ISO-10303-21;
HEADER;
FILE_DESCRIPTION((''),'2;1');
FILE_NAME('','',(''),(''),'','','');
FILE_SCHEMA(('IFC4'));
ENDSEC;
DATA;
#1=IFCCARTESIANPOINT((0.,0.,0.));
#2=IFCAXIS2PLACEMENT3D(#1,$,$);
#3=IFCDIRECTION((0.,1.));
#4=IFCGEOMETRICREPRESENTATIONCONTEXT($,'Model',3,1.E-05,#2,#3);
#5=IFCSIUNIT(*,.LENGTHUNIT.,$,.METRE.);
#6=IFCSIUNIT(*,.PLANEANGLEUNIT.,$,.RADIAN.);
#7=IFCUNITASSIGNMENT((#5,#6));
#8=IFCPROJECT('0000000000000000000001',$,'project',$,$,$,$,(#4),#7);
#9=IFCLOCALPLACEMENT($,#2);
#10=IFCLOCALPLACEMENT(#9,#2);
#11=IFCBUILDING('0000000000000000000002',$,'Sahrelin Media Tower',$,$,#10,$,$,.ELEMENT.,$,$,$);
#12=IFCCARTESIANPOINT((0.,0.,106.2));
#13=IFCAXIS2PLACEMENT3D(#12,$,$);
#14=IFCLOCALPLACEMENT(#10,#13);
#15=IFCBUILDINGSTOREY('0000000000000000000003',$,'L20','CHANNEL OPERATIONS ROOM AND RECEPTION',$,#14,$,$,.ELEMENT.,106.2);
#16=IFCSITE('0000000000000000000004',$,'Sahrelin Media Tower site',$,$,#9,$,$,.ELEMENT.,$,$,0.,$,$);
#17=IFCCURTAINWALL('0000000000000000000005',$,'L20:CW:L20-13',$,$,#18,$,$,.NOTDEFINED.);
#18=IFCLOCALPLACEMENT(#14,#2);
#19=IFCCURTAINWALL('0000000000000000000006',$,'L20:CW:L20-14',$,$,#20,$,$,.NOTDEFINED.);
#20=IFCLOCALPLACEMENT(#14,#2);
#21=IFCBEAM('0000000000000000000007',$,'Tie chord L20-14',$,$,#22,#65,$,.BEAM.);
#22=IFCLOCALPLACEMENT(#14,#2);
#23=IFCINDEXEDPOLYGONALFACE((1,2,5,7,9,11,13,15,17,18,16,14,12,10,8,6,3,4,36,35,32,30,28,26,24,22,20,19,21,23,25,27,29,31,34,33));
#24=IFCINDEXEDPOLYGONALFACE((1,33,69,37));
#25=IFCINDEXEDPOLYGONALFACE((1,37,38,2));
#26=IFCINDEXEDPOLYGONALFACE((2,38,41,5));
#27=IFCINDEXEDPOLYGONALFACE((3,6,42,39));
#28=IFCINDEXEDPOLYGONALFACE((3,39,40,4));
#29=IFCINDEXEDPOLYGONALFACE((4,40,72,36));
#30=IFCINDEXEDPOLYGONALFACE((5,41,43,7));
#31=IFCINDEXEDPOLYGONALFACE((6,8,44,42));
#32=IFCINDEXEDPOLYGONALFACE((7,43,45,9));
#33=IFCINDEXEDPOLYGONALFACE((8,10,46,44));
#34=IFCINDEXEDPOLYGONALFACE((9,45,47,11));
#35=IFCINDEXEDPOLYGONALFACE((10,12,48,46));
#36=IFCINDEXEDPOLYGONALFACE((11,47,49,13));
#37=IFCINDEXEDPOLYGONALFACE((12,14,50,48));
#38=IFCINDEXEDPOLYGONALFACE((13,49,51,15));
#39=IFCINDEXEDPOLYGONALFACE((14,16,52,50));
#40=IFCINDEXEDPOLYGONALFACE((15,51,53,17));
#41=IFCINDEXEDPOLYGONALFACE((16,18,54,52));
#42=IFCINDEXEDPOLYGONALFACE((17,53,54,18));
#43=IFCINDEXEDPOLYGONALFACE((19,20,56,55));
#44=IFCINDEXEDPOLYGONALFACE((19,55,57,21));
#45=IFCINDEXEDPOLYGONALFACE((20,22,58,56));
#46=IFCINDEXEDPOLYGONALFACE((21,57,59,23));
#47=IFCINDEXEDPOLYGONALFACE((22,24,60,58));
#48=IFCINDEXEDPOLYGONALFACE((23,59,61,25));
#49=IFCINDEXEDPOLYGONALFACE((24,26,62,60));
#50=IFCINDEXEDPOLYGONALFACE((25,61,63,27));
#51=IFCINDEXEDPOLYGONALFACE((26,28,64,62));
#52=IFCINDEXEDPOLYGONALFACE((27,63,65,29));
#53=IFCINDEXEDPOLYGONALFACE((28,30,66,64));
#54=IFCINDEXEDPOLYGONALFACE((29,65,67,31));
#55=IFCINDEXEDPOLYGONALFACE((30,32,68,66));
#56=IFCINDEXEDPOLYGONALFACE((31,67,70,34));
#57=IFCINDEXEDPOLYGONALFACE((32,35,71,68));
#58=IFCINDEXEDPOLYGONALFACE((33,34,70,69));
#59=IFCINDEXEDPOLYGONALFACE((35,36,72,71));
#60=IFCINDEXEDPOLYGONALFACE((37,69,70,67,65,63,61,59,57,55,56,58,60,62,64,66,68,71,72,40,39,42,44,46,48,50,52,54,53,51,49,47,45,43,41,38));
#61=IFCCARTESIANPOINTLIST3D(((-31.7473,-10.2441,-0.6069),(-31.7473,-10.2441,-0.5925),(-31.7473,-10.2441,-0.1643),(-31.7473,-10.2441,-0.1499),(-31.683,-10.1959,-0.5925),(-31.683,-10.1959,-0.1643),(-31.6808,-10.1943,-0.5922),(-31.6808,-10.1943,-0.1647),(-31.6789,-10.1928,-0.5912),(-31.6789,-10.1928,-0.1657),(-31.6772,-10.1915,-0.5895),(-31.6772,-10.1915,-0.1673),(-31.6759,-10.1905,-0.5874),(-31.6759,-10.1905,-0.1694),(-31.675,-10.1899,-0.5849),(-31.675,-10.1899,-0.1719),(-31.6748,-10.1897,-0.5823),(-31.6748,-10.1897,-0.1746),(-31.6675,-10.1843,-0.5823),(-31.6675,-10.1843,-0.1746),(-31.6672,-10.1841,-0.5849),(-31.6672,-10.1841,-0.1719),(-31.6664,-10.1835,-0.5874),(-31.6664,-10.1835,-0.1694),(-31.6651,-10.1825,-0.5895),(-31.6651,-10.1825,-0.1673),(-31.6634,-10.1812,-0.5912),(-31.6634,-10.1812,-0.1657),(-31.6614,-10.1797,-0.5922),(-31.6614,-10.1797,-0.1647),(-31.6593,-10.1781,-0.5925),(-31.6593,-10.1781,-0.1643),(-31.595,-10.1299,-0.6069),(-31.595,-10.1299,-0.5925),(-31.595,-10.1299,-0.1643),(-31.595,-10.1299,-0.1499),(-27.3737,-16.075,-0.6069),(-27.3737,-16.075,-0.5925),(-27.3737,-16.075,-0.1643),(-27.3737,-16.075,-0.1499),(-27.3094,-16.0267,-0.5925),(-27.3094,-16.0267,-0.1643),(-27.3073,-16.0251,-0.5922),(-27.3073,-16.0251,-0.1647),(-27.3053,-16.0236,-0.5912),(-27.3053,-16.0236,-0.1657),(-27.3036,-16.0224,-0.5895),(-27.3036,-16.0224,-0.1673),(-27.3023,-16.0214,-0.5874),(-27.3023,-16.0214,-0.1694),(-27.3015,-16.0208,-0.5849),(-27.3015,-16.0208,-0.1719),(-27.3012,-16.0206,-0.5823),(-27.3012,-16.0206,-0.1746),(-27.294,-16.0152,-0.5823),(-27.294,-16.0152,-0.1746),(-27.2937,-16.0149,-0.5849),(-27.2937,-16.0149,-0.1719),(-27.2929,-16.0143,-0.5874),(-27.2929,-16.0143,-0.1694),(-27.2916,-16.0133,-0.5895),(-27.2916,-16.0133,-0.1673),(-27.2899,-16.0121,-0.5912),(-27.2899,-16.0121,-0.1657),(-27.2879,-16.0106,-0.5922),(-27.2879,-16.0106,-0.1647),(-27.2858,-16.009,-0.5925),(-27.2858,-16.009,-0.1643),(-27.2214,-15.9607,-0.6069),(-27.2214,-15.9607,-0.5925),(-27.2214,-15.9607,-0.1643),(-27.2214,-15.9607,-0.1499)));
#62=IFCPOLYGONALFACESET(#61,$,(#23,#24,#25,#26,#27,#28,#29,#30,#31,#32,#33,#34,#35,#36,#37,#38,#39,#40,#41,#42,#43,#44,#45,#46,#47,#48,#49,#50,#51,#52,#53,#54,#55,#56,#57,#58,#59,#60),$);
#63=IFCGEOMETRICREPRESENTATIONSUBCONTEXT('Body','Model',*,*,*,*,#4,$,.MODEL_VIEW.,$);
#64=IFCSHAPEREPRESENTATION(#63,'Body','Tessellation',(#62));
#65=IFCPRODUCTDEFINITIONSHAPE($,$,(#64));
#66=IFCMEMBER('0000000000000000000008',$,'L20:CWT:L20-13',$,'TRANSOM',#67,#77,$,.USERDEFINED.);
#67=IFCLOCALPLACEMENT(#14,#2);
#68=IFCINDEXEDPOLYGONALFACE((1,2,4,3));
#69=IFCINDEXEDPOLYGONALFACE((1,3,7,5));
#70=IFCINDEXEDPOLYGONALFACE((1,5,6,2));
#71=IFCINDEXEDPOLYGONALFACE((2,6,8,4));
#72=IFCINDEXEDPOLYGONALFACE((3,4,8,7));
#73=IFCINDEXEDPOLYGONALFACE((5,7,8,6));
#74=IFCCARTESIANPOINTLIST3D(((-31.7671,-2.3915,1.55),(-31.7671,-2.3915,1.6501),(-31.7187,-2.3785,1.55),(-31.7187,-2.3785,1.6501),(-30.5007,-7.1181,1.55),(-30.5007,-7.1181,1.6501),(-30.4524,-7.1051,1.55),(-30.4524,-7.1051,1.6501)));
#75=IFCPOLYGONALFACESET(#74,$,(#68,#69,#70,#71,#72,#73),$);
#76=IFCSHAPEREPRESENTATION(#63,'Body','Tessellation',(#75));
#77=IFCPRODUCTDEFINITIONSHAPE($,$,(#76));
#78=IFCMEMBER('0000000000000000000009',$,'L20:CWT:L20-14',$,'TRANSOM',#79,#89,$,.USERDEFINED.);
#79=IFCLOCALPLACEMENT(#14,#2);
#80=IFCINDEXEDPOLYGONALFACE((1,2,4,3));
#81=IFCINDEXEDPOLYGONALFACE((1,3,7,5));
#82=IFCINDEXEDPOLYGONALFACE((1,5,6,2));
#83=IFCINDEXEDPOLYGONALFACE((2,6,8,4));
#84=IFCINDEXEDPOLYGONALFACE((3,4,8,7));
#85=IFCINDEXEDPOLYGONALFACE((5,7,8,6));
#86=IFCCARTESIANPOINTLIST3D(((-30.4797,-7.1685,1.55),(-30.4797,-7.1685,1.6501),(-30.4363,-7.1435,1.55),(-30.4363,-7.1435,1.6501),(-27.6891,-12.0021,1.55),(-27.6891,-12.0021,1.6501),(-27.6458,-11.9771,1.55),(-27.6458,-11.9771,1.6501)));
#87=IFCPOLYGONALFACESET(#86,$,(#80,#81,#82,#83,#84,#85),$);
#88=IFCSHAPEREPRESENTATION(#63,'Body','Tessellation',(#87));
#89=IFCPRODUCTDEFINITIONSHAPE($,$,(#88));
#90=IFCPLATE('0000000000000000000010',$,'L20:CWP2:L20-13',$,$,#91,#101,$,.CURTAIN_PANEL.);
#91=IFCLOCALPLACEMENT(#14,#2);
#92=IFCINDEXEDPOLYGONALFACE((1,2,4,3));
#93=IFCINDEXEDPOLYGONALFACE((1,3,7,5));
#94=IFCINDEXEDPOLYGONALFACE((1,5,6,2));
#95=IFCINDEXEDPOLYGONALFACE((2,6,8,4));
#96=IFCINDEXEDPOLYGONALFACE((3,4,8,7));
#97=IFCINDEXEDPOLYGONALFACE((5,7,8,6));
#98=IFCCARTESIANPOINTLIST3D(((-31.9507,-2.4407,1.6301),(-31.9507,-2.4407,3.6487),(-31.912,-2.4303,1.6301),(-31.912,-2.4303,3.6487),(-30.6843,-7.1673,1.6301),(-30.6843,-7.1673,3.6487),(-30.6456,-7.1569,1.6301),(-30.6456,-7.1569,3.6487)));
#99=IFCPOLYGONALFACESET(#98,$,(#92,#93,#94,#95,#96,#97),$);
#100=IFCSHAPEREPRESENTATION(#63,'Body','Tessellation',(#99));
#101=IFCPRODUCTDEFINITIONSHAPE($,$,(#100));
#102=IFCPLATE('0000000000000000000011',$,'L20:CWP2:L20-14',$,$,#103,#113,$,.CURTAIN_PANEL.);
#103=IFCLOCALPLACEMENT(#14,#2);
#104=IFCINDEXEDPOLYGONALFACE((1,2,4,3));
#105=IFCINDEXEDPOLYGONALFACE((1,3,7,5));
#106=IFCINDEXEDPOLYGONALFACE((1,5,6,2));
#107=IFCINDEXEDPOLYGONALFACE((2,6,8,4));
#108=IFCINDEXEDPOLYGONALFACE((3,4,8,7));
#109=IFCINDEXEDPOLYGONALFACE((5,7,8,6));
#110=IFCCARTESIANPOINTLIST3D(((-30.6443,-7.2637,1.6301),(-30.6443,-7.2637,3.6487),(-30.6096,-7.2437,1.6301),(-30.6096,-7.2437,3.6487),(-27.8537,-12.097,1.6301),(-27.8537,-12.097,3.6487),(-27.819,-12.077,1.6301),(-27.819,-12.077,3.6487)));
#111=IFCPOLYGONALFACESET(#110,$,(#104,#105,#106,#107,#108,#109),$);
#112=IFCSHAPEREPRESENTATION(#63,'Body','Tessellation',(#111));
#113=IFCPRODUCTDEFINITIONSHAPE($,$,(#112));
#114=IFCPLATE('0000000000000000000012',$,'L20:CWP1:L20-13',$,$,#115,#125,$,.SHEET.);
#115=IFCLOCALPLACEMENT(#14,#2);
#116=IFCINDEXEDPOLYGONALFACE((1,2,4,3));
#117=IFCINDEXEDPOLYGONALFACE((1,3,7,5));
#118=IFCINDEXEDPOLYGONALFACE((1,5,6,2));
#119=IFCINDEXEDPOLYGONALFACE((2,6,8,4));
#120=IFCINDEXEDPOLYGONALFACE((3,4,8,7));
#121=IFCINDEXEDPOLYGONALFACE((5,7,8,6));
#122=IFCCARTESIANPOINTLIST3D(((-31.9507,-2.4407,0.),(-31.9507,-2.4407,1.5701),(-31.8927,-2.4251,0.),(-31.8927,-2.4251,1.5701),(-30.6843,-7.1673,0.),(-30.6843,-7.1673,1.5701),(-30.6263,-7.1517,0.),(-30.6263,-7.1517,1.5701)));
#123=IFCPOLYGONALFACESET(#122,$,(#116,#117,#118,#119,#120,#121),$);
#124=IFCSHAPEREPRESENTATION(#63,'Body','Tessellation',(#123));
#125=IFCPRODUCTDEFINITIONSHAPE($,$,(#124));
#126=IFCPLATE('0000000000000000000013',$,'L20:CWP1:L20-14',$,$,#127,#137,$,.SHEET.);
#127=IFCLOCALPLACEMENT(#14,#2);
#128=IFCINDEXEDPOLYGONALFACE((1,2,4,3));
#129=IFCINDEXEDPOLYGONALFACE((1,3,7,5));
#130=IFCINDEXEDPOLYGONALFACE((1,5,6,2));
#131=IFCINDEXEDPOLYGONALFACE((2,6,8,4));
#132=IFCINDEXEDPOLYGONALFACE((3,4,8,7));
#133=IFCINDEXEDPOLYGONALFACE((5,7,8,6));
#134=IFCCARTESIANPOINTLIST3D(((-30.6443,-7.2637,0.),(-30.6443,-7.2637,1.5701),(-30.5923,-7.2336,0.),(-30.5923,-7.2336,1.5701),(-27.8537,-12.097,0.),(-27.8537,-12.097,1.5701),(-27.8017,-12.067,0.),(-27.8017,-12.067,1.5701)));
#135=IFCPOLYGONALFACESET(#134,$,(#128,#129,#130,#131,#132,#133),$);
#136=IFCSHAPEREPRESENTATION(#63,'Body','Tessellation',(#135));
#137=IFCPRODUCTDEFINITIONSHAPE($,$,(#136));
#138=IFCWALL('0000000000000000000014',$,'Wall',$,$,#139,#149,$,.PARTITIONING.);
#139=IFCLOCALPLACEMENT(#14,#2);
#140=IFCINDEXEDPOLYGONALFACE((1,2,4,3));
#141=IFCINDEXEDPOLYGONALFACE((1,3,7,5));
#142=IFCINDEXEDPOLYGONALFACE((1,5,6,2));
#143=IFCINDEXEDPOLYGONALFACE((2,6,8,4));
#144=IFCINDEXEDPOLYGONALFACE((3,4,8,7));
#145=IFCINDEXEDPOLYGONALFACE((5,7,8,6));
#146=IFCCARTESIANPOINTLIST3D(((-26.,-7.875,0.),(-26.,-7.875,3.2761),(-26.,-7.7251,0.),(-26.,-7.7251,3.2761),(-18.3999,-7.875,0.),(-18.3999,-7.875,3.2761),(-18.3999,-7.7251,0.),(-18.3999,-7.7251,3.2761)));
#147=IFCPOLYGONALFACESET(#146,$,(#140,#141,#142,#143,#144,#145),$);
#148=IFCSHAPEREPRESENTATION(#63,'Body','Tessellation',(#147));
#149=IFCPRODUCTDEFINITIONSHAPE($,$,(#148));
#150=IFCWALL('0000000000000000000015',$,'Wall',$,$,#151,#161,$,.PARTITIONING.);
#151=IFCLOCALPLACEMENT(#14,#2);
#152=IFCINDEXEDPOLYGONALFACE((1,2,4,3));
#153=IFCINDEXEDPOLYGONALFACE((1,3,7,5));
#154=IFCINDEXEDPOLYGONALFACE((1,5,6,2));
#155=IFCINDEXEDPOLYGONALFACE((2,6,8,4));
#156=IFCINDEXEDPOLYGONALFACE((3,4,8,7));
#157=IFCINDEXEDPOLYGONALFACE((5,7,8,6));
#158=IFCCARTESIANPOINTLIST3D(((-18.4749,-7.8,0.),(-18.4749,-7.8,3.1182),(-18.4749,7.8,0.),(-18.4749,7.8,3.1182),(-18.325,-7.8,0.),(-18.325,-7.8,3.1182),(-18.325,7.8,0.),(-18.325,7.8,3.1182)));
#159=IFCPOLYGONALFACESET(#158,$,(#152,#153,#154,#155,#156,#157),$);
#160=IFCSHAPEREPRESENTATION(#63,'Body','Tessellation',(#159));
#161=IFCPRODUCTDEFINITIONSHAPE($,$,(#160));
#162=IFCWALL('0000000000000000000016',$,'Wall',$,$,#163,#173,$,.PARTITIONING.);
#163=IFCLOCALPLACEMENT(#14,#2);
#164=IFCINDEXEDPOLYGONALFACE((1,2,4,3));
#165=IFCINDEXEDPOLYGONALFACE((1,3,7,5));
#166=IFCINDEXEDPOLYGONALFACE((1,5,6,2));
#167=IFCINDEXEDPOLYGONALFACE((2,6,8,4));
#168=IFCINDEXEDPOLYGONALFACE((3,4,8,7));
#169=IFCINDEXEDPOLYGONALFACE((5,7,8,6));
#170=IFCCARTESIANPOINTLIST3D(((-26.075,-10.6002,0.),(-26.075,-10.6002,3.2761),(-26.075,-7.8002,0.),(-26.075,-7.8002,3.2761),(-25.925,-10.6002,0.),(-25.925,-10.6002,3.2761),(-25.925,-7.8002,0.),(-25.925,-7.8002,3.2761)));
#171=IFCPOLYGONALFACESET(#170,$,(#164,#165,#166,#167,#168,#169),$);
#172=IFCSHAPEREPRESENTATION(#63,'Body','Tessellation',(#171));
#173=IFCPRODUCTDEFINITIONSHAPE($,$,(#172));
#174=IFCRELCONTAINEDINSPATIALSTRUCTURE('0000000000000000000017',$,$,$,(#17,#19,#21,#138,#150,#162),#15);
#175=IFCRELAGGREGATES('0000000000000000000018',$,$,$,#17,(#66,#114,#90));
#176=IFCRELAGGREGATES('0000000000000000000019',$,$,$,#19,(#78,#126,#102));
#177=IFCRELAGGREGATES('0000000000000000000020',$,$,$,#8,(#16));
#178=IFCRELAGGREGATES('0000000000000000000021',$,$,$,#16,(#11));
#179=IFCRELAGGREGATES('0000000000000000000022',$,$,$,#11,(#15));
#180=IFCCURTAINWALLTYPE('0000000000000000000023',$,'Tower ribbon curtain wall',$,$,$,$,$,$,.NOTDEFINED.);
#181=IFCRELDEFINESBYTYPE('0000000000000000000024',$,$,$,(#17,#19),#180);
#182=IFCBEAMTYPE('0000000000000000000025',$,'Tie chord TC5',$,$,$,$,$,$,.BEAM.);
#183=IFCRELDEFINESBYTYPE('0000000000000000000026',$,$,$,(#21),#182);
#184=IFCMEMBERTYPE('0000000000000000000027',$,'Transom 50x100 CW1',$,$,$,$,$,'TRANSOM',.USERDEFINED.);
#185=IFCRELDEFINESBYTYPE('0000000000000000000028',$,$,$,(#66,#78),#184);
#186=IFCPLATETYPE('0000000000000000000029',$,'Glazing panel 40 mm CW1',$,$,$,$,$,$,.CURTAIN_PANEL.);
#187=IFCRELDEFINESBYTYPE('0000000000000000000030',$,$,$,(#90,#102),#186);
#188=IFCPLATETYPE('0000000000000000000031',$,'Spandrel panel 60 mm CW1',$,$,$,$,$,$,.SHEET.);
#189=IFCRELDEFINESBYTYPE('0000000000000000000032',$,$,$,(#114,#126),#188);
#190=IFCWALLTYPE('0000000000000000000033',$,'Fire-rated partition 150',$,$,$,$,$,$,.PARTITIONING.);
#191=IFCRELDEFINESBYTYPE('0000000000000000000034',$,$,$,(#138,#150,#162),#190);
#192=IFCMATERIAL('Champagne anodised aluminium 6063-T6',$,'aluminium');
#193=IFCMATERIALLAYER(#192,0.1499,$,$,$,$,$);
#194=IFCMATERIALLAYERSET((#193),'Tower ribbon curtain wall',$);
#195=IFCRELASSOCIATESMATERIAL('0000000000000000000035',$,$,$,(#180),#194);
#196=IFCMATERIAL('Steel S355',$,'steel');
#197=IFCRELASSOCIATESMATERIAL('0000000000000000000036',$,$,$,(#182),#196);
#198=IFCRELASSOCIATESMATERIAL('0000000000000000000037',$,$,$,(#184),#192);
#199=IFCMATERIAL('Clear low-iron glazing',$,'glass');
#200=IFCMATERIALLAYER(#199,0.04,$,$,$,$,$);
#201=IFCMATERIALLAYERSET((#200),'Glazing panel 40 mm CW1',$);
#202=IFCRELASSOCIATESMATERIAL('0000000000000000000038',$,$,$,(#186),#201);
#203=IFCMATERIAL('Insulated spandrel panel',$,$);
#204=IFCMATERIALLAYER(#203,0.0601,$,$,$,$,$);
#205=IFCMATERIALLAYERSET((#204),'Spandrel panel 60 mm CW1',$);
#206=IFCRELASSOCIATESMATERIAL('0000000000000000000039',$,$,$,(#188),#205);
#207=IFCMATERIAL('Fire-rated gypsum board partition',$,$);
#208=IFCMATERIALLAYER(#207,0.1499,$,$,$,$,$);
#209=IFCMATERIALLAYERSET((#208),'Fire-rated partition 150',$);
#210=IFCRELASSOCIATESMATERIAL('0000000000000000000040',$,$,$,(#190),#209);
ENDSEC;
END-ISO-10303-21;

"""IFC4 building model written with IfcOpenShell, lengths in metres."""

from ifc_helpers import new_model, si_unit, direction, frame, frame_2d, origin, origin_2d, place, context, subcontext, project, spatial, polyline, rectangle, i_section, outline, extrude, material, layer, layer_set, material_profile, profile_set, type_object, element, aggregate, save


model = new_model("IFC4")

# Units and contexts
model_context = context("Model", 3, precision=1e-05, world=origin(), true_north=direction((0.0, 1.0)))
body_context = subcontext(model_context, "Body", "Model", "MODEL_VIEW")
ifc_project = project(units=[si_unit("LENGTHUNIT", "METRE"), si_unit("PLANEANGLEUNIT", "RADIAN")], contexts=[model_context])

# Site, building, storey
site_placement = place(None, origin())
site = spatial("IfcSite", under=ifc_project, at=site_placement, Name="Sahrelin Media Tower site", CompositionType="ELEMENT", RefElevation=0.0)
building_placement = place(site_placement, origin())
building = spatial("IfcBuilding", under=site, at=building_placement, Name="Sahrelin Media Tower", CompositionType="ELEMENT")
storey_placement = place(building_placement, frame((0.0, 0.0, 106.2)))
storey = spatial("IfcBuildingStorey", under=building, at=storey_placement, Name="L20", Description="CHANNEL OPERATIONS ROOM AND RECEPTION", CompositionType="ELEMENT", Elevation=106.2)

# Shared definitions
ifc_material_1 = material(Name="Steel S355", Category="steel")

# Curtain walls
ifc_material_2 = material(Name="Champagne anodised aluminium 6063-T6", Category="aluminium")
ifc_layer_1 = layer(ifc_material_2, 0.1499)
ifc_layer_set_1 = layer_set([ifc_layer_1], Name="Tower ribbon curtain wall")
curtain_wall_type = type_object("IfcCurtainWallType", Name="Tower ribbon curtain wall", PredefinedType="NOTDEFINED", material=ifc_layer_set_1)
curtain_wall_1_placement = place(storey_placement, frame((-31.2981, -4.7988, 0.0), z_axis=(0.0, 0.0, 1.0), x_axis=(1.0, 0.0, 0.0)))
curtain_wall_1 = element("IfcCurtainWall", 1, at=curtain_wall_1_placement, inside=storey, type_object=curtain_wall_type, Name="L20:CW:L20-13", PredefinedType="NOTDEFINED")
curtain_wall_2_placement = place(storey_placement, frame((-29.2317, -9.6704, 0.0), z_axis=(0.0, 0.0, 1.0), x_axis=(1.0, 0.0, 0.0)))
curtain_wall_2 = element("IfcCurtainWall", 2, at=curtain_wall_2_placement, inside=storey, type_object=curtain_wall_type, Name="L20:CW:L20-14", PredefinedType="NOTDEFINED")

# Beam
ifc_material_profile_1 = material_profile(ifc_material_1, i_section(OverallWidth=0.1904, OverallDepth=0.457, WebThickness=0.009, FlangeThickness=0.0144, FilletRadius=0.0103, at=origin_2d()), Name="UB 457x191x74")
ifc_profile_set_1 = profile_set([ifc_material_profile_1], Name="Steel S355")
beam_type_1 = type_object("IfcBeamType", Name="Tie chord TC5", PredefinedType="BEAM", material=ifc_profile_set_1)
beam_1_placement = place(storey_placement, frame((-31.6711, -10.187, -0.3784), z_axis=(0.600038, -0.799972, 0.0), x_axis=(0.799972, 0.600038, 0.0)))
element("IfcBeam", 3, at=beam_1_placement, inside=storey, type_object=beam_type_1, Name="Tie chord L20-14", PredefinedType="BEAM", context=body_context, shape_type="SweptSolid", body=[
    extrude(i_section(OverallWidth=0.1904, OverallDepth=0.457, WebThickness=0.009, FlangeThickness=0.0144, FilletRadius=0.0103, at=origin_2d()), origin(), (0.0, 0.0, 1.0), 7.2888),
])

# Members
ifc_material_profile_2 = material_profile(ifc_material_2, rectangle(XDim=0.05, YDim=0.1001, at=origin_2d()), Name="Transom 50x100")
ifc_profile_set_2 = profile_set([ifc_material_profile_2], Name="Champagne anodised aluminium 6063-T6")
member_type_1 = type_object("IfcMemberType", Name="Transom 50x100 CW1", ElementType="TRANSOM", PredefinedType="USERDEFINED", material=ifc_profile_set_2)
member_1_placement = place(storey_placement, frame((-31.7429, -2.385, 1.6001), z_axis=(0.258796, -0.965932, 0.0), x_axis=(0.965932, 0.258796, 0.0)))
member_1 = element("IfcMember", 4, at=member_1_placement, type_object=member_type_1, Name="L20:CWT:L20-13", ObjectType="TRANSOM", PredefinedType="USERDEFINED", context=body_context, shape_type="SweptSolid", body=[
    extrude(rectangle(XDim=0.05, YDim=0.1001, at=origin_2d()), origin(), (0.0, 0.0, 1.0), 4.8933),
])
member_2_placement = place(storey_placement, frame((-30.458, -7.156, 1.6001), z_axis=(0.499988, -0.866033, 0.0), x_axis=(0.866033, 0.499988, 0.0)))
member_2 = element("IfcMember", 5, at=member_2_placement, type_object=member_type_1, Name="L20:CWT:L20-14", ObjectType="TRANSOM", PredefinedType="USERDEFINED", context=body_context, shape_type="SweptSolid", body=[
    extrude(rectangle(XDim=0.05, YDim=0.1001, at=origin_2d()), origin(), (0.0, 0.0, 1.0), 5.5813),
])

# Plates
ifc_material_3 = material(Name="Clear low-iron glazing", Category="glass")
ifc_layer_2 = layer(ifc_material_3, 0.04)
ifc_layer_set_2 = layer_set([ifc_layer_2], Name="Glazing panel 40 mm CW1")
plate_type_1 = type_object("IfcPlateType", Name="Glazing panel 40 mm CW1", PredefinedType="CURTAIN_PANEL", material=ifc_layer_set_2)
plate_1_placement = place(storey_placement, frame((-31.9507, -2.4407, 1.6301), z_axis=(-0.965932, -0.258796, 0.0), x_axis=(0.258796, -0.965932, 0.0)))
plate_1 = element("IfcPlate", 6, at=plate_1_placement, type_object=plate_type_1, Name="L20:CWP2:L20-13", PredefinedType="CURTAIN_PANEL", context=body_context, shape_type="SweptSolid", body=[
    extrude(outline(polyline([(0.0, 0.0), (4.8933, 0.0), (4.8933, 2.0186), (0.0, 2.0186), (0.0, 0.0)])), origin(), (0.0, 0.0, -1.0), 0.04),
])
plate_2_placement = place(storey_placement, frame((-30.6443, -7.2637, 1.6301), z_axis=(-0.866022, -0.500006, 0.0), x_axis=(0.500006, -0.866022, 0.0)))
plate_2 = element("IfcPlate", 7, at=plate_2_placement, type_object=plate_type_1, Name="L20:CWP2:L20-14", PredefinedType="CURTAIN_PANEL", context=body_context, shape_type="SweptSolid", body=[
    extrude(outline(polyline([(0.0, 0.0), (5.5811, 0.0), (5.5811, 2.0186), (0.0, 2.0186), (0.0, 0.0)])), origin(), (0.0, 0.0, -1.0), 0.04),
])
ifc_material_4 = material(Name="Insulated spandrel panel")
ifc_layer_3 = layer(ifc_material_4, 0.0601)
ifc_layer_set_3 = layer_set([ifc_layer_3], Name="Spandrel panel 60 mm CW1")
plate_type_2 = type_object("IfcPlateType", Name="Spandrel panel 60 mm CW1", PredefinedType="SHEET", material=ifc_layer_set_3)
plate_3_placement = place(storey_placement, frame((-31.9507, -2.4407, 0.0), z_axis=(-0.965932, -0.258796, 0.0), x_axis=(0.258796, -0.965932, 0.0)))
plate_3 = element("IfcPlate", 8, at=plate_3_placement, type_object=plate_type_2, Name="L20:CWP1:L20-13", PredefinedType="SHEET", context=body_context, shape_type="SweptSolid", body=[
    extrude(outline(polyline([(0.0, 0.0), (4.8933, 0.0), (4.8933, 1.5701), (0.0, 1.5701), (0.0, 0.0)])), origin(), (0.0, 0.0, -1.0), 0.0601),
])
aggregate(curtain_wall_1, [member_1, plate_3, plate_1])
plate_4_placement = place(storey_placement, frame((-30.6443, -7.2637, 0.0), z_axis=(-0.866022, -0.500006, 0.0), x_axis=(0.500006, -0.866022, 0.0)))
plate_4 = element("IfcPlate", 9, at=plate_4_placement, type_object=plate_type_2, Name="L20:CWP1:L20-14", PredefinedType="SHEET", context=body_context, shape_type="SweptSolid", body=[
    extrude(outline(polyline([(0.0, 0.0), (5.5811, 0.0), (5.5811, 1.5701), (0.0, 1.5701), (0.0, 0.0)])), origin(), (0.0, 0.0, -1.0), 0.0601),
])
aggregate(curtain_wall_2, [member_2, plate_4, plate_2])

# Walls
ifc_material_5 = material(Name="Fire-rated gypsum board partition")
ifc_layer_4 = layer(ifc_material_5, 0.1499)
ifc_layer_set_4 = layer_set([ifc_layer_4], Name="Fire-rated partition 150")
wall_type = type_object("IfcWallType", Name="Fire-rated partition 150", PredefinedType="PARTITIONING", material=ifc_layer_set_4)
wall_1_placement = place(storey_placement, frame((-26.0, -7.8, 0.0), z_axis=(0.0, 0.0, 1.0), x_axis=(1.0, 0.0, 0.0)))
element("IfcWall", 10, at=wall_1_placement, inside=storey, type_object=wall_type, Name="Wall", PredefinedType="PARTITIONING", context=body_context, shape_type="SweptSolid", body=[
    extrude(rectangle(XDim=7.6001, YDim=0.1499, at=frame_2d((3.8, 0.0))), origin(), (0.0, 0.0, 1.0), 3.2761),
])
wall_2_placement = place(storey_placement, frame((-18.3999, -7.8, 0.0), z_axis=(0.0, 0.0, 1.0), x_axis=(0.0, 1.0, 0.0)))
element("IfcWall", 11, at=wall_2_placement, inside=storey, type_object=wall_type, Name="Wall", PredefinedType="PARTITIONING", context=body_context, shape_type="SweptSolid", body=[
    extrude(rectangle(XDim=15.6001, YDim=0.1499, at=frame_2d((7.8, 0.0))), origin(), (0.0, 0.0, 1.0), 3.1182),
])
wall_3_placement = place(storey_placement, frame((-26.0, -10.6001, 0.0), z_axis=(0.0, 0.0, 1.0), x_axis=(0.0, 1.0, 0.0)))
element("IfcWall", 12, at=wall_3_placement, inside=storey, type_object=wall_type, Name="Wall", PredefinedType="PARTITIONING", context=body_context, shape_type="SweptSolid", body=[
    extrude(rectangle(XDim=2.8, YDim=0.1499, at=frame_2d((1.3999, 0.0))), origin(), (0.0, 0.0, 1.0), 3.2761),
])

save(model, "model.ifc")
